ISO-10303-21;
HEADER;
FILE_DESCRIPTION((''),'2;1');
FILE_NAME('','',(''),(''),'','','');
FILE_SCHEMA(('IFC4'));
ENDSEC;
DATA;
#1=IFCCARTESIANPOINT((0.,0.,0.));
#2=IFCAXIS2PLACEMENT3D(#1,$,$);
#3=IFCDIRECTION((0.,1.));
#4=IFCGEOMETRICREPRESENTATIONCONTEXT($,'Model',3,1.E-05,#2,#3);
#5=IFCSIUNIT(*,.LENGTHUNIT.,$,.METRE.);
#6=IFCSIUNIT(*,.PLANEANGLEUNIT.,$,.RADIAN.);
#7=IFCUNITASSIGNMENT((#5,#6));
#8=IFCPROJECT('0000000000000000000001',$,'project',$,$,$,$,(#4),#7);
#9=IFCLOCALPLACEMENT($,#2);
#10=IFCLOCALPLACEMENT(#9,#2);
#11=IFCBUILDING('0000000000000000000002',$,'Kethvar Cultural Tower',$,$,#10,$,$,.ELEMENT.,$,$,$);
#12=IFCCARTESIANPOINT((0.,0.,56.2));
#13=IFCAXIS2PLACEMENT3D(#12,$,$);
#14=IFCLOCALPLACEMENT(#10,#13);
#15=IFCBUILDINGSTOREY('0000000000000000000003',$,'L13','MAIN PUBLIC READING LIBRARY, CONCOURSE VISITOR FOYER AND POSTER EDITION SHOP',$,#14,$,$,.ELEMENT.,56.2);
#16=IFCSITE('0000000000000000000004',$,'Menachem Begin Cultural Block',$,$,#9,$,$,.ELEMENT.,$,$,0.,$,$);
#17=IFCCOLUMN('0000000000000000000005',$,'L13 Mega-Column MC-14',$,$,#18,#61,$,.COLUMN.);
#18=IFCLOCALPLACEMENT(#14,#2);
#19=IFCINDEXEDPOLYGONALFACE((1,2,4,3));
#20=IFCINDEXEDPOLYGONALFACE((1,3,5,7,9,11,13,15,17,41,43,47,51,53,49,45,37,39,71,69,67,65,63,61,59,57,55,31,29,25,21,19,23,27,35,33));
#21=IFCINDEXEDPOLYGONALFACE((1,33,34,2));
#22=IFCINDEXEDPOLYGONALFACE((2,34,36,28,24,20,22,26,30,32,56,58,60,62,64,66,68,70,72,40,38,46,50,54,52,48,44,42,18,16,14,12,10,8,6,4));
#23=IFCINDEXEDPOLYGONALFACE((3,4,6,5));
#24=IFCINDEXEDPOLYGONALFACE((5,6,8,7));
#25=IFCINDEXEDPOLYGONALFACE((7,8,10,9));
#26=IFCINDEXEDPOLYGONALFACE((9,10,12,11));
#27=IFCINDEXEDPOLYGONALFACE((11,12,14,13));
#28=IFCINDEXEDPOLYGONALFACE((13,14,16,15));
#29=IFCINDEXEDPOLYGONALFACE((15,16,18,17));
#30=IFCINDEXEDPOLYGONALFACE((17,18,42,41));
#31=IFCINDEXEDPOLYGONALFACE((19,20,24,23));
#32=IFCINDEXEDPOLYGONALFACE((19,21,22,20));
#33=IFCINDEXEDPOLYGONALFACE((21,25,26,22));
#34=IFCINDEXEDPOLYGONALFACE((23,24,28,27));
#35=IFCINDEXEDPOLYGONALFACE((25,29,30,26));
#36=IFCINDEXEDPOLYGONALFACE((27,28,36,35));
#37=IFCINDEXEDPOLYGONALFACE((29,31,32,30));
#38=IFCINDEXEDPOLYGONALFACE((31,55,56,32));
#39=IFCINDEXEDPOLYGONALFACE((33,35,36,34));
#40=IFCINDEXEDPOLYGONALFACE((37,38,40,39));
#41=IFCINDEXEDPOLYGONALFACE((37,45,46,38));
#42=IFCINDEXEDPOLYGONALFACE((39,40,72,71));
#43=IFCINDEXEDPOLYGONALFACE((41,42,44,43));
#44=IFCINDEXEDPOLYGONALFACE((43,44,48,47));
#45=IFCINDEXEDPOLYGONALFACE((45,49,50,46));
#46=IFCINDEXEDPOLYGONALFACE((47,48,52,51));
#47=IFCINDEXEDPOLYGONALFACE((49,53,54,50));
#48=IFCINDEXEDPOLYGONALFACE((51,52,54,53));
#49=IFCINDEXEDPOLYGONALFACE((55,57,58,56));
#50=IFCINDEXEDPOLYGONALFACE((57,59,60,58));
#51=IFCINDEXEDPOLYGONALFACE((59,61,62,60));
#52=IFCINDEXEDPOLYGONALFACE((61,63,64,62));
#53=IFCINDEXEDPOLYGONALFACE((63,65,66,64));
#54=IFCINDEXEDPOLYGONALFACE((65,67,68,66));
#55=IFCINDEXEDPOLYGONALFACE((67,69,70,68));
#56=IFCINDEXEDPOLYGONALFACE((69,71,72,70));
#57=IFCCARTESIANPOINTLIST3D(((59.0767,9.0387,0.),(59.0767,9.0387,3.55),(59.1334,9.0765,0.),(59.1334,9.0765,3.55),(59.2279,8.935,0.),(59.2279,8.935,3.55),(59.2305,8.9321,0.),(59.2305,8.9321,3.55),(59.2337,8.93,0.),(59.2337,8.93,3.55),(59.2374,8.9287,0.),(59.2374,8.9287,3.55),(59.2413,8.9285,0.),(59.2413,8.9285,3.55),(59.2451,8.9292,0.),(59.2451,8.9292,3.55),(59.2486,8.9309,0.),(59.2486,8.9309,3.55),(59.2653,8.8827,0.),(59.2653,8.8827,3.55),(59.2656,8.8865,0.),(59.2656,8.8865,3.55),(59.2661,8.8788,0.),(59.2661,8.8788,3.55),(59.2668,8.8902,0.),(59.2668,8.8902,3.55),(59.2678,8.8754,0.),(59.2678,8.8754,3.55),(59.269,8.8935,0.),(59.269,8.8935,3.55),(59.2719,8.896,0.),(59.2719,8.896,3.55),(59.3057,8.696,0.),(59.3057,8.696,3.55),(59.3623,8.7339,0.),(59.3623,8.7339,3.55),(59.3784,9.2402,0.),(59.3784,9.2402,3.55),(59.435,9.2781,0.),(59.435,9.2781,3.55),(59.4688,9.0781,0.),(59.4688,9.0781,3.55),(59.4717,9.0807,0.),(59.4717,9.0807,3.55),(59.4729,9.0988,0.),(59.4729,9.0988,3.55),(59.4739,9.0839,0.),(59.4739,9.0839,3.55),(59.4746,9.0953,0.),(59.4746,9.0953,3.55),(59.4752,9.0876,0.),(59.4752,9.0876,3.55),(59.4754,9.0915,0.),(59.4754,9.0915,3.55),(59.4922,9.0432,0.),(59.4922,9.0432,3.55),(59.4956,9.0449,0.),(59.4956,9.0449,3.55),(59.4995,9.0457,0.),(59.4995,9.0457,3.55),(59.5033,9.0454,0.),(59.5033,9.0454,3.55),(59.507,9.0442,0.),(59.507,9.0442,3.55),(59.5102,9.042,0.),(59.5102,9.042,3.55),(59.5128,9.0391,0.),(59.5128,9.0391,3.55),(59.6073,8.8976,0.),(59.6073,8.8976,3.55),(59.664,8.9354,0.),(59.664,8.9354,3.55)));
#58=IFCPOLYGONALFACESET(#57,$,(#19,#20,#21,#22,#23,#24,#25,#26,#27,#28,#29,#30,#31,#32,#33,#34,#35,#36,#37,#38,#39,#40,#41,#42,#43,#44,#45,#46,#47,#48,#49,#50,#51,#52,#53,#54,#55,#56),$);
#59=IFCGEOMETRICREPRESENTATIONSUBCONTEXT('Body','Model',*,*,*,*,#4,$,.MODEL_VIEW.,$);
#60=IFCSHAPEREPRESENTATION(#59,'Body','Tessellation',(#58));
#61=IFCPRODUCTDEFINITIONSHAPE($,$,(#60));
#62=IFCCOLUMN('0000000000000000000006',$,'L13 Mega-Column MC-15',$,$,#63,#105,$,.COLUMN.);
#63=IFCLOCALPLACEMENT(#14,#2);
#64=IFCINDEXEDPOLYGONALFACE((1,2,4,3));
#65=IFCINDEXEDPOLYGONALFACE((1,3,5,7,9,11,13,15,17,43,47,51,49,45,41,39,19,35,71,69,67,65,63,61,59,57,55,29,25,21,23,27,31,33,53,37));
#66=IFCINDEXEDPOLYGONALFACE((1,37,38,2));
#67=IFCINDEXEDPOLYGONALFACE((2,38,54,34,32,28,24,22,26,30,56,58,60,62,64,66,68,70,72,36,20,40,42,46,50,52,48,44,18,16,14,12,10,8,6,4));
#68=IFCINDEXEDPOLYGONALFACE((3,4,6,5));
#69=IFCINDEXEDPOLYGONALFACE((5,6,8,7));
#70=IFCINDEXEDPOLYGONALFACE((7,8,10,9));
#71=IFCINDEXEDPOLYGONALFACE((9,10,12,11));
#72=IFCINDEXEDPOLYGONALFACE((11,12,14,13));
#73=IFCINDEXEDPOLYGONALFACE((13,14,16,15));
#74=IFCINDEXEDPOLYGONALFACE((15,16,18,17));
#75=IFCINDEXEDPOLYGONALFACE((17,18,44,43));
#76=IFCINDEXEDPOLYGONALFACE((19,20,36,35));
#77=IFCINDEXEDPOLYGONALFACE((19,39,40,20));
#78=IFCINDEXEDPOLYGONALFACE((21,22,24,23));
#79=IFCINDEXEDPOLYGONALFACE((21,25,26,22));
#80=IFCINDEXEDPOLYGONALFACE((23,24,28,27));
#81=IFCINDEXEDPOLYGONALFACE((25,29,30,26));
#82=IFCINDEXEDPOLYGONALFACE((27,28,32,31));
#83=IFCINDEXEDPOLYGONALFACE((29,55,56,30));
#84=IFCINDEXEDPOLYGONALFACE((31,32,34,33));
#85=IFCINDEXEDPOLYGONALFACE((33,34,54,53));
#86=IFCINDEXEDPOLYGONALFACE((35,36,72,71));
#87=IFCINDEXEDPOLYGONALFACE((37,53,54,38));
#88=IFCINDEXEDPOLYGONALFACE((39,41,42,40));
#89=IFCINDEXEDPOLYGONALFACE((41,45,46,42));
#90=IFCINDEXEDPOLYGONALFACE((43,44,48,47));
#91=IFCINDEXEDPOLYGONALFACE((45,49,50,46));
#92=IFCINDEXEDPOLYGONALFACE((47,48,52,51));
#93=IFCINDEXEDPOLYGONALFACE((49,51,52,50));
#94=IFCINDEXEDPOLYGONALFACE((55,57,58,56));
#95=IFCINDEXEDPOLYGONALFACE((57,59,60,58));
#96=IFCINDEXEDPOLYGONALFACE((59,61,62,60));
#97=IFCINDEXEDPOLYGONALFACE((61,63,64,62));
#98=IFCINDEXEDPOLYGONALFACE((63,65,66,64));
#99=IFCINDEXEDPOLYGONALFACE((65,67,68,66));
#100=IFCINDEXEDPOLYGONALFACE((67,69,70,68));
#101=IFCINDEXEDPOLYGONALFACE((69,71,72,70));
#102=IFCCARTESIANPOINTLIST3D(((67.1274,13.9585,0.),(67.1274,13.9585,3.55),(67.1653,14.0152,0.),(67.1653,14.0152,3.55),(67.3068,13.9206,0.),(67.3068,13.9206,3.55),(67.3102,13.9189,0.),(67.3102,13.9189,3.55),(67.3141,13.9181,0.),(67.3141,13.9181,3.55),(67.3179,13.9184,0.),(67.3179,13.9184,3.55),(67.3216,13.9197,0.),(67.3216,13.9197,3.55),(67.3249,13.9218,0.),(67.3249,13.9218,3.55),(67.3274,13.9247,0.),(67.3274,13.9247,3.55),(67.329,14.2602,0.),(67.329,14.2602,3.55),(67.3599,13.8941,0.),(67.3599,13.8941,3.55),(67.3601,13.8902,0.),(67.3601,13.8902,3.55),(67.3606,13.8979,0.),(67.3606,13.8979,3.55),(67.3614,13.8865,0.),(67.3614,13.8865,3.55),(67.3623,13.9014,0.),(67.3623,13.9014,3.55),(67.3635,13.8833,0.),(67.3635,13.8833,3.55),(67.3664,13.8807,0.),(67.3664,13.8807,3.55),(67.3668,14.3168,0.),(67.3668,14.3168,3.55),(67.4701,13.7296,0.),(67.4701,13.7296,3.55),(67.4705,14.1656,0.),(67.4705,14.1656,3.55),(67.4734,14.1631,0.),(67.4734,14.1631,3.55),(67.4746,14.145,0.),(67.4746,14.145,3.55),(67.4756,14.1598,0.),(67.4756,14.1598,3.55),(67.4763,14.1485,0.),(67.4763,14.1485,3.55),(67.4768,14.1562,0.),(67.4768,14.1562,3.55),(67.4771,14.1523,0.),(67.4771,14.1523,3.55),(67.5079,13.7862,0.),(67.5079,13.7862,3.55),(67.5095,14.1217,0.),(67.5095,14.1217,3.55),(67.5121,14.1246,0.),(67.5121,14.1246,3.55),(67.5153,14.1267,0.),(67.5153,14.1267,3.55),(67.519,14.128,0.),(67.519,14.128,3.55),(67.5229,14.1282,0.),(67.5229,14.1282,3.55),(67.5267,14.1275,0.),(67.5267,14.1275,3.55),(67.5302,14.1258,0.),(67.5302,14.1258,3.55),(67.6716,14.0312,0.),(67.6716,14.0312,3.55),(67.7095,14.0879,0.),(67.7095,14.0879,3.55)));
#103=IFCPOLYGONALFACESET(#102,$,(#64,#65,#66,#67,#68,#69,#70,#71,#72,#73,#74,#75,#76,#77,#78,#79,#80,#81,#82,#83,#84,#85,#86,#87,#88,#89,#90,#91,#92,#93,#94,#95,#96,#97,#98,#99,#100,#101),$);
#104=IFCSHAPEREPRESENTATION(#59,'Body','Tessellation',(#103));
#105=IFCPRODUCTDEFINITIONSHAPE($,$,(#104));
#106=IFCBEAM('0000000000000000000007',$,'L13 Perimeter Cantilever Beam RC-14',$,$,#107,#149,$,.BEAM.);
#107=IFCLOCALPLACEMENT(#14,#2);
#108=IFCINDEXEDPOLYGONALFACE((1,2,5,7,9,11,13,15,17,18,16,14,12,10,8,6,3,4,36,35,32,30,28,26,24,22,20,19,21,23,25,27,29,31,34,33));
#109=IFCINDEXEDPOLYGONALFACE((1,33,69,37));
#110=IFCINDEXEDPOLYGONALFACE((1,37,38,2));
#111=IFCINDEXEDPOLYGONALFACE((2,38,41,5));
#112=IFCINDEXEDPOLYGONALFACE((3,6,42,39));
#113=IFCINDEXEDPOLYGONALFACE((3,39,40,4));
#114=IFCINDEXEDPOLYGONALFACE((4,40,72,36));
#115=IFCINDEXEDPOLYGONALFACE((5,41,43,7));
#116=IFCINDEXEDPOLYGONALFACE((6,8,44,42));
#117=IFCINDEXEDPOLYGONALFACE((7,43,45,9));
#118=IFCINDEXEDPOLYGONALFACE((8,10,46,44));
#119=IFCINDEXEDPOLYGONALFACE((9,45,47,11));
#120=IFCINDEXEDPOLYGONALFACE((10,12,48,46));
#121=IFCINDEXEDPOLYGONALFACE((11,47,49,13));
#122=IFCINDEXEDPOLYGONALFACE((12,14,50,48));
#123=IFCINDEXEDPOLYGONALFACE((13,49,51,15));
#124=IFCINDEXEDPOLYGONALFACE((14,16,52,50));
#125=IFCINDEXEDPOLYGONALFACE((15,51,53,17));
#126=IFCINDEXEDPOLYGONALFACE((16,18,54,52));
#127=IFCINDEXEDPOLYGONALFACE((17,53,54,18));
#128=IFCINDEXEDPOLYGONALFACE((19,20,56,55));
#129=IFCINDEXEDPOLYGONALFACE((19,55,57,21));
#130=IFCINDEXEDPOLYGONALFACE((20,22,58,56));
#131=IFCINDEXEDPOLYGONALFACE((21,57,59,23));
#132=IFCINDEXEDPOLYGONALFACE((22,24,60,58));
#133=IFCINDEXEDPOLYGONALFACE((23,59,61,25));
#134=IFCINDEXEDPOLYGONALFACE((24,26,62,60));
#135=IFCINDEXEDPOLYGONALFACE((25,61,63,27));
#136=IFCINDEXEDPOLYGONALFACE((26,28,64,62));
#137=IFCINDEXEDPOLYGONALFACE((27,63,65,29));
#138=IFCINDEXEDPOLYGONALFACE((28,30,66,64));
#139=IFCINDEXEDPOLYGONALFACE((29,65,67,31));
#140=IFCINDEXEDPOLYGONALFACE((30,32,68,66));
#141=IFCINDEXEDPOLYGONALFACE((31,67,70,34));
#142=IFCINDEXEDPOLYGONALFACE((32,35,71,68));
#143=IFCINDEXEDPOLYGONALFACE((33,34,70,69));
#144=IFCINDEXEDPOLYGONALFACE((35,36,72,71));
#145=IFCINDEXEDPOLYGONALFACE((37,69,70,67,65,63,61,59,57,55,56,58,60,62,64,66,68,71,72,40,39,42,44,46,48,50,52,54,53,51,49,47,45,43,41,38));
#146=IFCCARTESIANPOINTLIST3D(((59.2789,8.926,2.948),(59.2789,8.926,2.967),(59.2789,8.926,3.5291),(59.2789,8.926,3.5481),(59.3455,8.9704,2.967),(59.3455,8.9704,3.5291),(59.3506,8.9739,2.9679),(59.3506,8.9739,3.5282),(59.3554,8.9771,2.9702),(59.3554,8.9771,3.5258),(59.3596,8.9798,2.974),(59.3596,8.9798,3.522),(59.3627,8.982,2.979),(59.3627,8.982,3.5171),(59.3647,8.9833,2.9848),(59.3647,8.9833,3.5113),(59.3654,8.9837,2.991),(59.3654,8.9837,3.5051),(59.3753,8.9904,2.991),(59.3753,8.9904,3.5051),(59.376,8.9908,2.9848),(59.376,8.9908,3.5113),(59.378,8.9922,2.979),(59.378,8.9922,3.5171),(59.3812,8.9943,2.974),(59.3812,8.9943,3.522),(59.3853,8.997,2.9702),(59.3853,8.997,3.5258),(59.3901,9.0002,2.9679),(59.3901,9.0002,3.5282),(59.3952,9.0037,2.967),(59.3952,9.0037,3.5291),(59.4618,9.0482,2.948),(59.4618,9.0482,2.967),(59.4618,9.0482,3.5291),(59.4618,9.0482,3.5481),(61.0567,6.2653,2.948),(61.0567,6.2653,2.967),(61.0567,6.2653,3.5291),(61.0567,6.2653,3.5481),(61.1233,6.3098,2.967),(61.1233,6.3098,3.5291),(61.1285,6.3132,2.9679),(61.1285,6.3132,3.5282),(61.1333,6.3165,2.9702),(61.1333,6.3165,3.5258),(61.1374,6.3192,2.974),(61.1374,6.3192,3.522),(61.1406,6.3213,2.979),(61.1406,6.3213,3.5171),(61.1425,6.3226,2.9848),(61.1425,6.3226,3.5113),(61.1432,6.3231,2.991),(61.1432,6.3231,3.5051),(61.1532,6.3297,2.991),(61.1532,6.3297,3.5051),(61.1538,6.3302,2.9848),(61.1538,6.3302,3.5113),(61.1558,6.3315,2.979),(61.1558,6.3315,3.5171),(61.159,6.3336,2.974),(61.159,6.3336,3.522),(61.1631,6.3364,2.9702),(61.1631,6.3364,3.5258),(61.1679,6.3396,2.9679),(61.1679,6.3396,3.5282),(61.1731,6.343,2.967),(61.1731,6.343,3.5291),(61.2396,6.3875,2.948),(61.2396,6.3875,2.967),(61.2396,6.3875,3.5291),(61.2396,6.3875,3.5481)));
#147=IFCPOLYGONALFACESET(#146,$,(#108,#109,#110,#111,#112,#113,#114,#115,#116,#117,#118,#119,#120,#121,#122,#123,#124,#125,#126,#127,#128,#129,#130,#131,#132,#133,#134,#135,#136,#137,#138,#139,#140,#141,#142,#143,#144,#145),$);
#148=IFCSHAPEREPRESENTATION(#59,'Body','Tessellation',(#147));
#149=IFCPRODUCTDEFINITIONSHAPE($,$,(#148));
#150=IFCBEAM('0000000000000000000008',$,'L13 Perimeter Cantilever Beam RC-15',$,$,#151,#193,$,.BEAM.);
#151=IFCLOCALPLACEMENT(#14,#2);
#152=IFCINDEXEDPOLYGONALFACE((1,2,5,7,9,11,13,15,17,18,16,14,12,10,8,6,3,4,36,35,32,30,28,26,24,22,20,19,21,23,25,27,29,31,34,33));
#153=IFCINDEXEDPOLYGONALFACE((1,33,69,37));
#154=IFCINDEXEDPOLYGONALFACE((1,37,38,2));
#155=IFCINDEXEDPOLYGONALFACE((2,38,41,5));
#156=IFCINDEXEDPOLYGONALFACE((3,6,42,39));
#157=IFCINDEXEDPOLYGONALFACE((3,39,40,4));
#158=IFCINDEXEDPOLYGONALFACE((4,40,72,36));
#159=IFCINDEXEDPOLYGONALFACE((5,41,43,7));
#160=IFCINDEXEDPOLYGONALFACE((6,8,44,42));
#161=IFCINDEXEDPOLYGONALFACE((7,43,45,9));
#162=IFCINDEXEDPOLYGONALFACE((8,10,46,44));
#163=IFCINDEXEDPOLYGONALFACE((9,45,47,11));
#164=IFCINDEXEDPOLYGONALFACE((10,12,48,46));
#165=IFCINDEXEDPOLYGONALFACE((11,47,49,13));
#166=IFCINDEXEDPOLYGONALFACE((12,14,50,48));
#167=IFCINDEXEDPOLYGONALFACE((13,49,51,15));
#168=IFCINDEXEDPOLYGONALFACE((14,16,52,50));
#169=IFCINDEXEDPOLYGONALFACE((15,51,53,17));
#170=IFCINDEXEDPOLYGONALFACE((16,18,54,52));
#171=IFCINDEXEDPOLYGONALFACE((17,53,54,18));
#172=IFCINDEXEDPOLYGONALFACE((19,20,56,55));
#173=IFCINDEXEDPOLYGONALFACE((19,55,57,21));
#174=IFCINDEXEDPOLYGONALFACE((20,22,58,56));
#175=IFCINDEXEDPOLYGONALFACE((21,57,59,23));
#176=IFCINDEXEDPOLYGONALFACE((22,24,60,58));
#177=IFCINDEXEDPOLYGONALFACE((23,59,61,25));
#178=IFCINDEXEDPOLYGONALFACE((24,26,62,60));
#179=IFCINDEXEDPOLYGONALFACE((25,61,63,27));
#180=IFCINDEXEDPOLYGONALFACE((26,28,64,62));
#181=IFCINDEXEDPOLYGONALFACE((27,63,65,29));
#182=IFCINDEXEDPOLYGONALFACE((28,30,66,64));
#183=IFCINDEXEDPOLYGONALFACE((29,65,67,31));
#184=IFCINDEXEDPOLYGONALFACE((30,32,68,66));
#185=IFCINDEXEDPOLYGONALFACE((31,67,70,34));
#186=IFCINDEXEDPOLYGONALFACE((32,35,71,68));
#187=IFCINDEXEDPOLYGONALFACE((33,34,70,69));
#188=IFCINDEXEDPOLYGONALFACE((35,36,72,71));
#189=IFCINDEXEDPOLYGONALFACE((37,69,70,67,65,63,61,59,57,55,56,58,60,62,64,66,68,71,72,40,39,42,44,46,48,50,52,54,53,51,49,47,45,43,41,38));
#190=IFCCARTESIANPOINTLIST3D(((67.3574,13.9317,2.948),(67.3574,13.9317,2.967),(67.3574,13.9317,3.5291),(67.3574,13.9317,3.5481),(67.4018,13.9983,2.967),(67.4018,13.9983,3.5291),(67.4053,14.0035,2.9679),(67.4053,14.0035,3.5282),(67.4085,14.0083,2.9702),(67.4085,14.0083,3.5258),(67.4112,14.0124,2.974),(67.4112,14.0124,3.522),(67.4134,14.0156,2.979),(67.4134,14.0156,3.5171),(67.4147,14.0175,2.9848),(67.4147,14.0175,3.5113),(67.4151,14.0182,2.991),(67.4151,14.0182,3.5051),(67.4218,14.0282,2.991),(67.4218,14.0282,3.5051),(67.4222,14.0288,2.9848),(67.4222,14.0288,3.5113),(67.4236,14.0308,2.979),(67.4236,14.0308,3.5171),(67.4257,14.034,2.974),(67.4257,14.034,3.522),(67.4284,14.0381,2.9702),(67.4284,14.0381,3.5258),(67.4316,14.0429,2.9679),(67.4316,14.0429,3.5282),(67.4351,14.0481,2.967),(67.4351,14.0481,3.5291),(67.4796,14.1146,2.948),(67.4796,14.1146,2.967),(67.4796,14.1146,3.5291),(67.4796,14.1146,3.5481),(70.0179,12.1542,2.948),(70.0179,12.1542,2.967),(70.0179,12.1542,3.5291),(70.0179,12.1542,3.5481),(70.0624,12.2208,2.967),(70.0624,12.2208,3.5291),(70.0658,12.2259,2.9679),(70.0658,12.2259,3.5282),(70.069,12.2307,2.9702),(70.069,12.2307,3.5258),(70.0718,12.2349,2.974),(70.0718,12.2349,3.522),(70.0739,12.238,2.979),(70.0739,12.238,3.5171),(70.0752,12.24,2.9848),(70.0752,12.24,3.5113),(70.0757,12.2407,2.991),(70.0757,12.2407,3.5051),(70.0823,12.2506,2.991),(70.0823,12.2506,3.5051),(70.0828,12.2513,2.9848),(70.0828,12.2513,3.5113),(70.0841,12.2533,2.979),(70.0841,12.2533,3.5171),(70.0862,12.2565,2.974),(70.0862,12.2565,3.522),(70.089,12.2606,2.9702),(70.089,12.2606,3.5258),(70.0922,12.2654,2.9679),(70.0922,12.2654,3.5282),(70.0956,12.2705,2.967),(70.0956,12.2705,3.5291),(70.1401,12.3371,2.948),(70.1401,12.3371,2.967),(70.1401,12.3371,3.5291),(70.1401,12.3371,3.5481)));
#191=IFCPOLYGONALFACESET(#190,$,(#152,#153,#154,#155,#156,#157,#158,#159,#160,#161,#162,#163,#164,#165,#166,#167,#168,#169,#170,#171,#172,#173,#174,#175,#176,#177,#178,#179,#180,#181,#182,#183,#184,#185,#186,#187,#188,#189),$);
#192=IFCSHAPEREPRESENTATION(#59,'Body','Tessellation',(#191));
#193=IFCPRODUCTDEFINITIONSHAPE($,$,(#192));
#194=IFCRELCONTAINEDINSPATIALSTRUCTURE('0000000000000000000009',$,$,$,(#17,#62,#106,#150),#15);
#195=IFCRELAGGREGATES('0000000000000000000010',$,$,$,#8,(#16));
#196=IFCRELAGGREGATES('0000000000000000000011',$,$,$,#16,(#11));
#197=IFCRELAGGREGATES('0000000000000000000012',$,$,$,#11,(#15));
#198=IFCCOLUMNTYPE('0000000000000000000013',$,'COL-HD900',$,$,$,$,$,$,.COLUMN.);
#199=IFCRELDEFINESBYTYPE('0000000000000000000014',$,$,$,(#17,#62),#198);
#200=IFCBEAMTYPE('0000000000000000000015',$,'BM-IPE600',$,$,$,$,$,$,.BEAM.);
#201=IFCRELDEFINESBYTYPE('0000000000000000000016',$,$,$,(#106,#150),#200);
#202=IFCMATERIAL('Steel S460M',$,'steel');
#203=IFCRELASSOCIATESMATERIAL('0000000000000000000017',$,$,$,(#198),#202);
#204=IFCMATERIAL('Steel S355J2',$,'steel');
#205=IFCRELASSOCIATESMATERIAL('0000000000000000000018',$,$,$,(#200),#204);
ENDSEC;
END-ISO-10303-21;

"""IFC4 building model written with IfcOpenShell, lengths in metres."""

from ifc_helpers import new_model, si_unit, direction, frame, origin, origin_2d, place, context, subcontext, project, spatial, i_section, extrude, source, transform, mapped, material, material_profile, profile_set, type_object, element, save


model = new_model("IFC4")

# Units and contexts
model_context = context("Model", 3, precision=1e-05, world=origin(), true_north=direction((0.0, 1.0)))
body_context = subcontext(model_context, "Body", "Model", "MODEL_VIEW")
ifc_project = project(units=[si_unit("LENGTHUNIT", "METRE"), si_unit("PLANEANGLEUNIT", "RADIAN")], contexts=[model_context])

# Site, building, storey
site_placement = place(None, origin())
site = spatial("IfcSite", under=ifc_project, at=site_placement, Name="Menachem Begin Cultural Block", CompositionType="ELEMENT", RefElevation=0.0)
building_placement = place(site_placement, origin())
building = spatial("IfcBuilding", under=site, at=building_placement, Name="Kethvar Cultural Tower", CompositionType="ELEMENT")
storey_placement = place(building_placement, frame((0.0, 0.0, 56.2)))
storey = spatial("IfcBuildingStorey", under=building, at=storey_placement, Name="L13", Description="MAIN PUBLIC READING LIBRARY, CONCOURSE VISITOR FOYER AND POSTER EDITION SHOP", CompositionType="ELEMENT", Elevation=56.2)

# Columns
ifc_material_1 = material(Name="Steel S460M", Category="steel")
ifc_material_profile_1 = material_profile(ifc_material_1, i_section(OverallWidth=0.4121, OverallDepth=0.4309, WebThickness=0.042, FlangeThickness=0.0681, FilletRadius=0.0149, at=origin_2d()), Name="Steel S460M — HD400x900")
ifc_profile_set_1 = profile_set([ifc_material_profile_1], Name="Steel S460M — HD400x900")
column_type = type_object("IfcColumnType", Name="COL-HD900", PredefinedType="COLUMN", material=ifc_profile_set_1)
shared_shape_1 = source(origin(), body_context, "Body", "SweptSolid", [
    extrude(i_section(OverallWidth=0.4121, OverallDepth=0.4309, WebThickness=0.042, FlangeThickness=0.0681, FilletRadius=0.0149, at=origin_2d()), origin(), (0.0, 0.0, 1.0), 3.55),
])
for number, where, z_axis, x_axis, name in (
    (1, (59.3704, 8.9871, 0.0), (0.0, 0.0, 1.0), (0.55557, -0.83147, 0.0), "L13 Mega-Column MC-14"),
    (2, (67.4185, 14.0232, 0.0), (0.0, 0.0, 1.0), (0.83147, -0.55557, 0.0), "L13 Mega-Column MC-15"),
):
    element("IfcColumn", number, at=place(storey_placement, frame(where, z_axis=z_axis, x_axis=x_axis)), inside=storey, type_object=column_type, Name=name, PredefinedType="COLUMN", context=body_context, shape_type="MappedRepresentation", body=[
        mapped(shared_shape_1, transform((0.0, 0.0, 0.0), scale=1.0)),
    ])

# Beams
ifc_material_2 = material(Name="Steel S355J2", Category="steel")
ifc_material_profile_2 = material_profile(ifc_material_2, i_section(OverallWidth=0.22, OverallDepth=0.6001, WebThickness=0.012, FlangeThickness=0.019, FilletRadius=0.0239, at=origin_2d()), Name="Steel S355J2 — IPE600")
ifc_profile_set_2 = profile_set([ifc_material_profile_2], Name="Steel S355J2 — IPE600")
beam_type_1 = type_object("IfcBeamType", Name="BM-IPE600", PredefinedType="BEAM", material=ifc_profile_set_2)
shared_shape_2 = source(origin(), body_context, "Body", "SweptSolid", [
    extrude(i_section(OverallWidth=0.22, OverallDepth=0.6001, WebThickness=0.012, FlangeThickness=0.019, FilletRadius=0.0239, at=origin_2d()), origin(), (0.0, 0.0, 1.0), 3.2),
])
beam_1_placement = place(storey_placement, frame((59.3704, 8.9871, 3.248), z_axis=(0.55558, -0.831463, 0.0), x_axis=(0.831463, 0.55558, 0.0)))
element("IfcBeam", 3, at=beam_1_placement, inside=storey, type_object=beam_type_1, Name="L13 Perimeter Cantilever Beam RC-14", PredefinedType="BEAM", context=body_context, shape_type="MappedRepresentation", body=[
    mapped(shared_shape_2, transform((0.0, 0.0, 0.0), scale=1.0)),
])
shared_shape_3 = source(origin(), body_context, "Body", "SweptSolid", [
    extrude(i_section(OverallWidth=0.22, OverallDepth=0.6001, WebThickness=0.012, FlangeThickness=0.019, FilletRadius=0.0239, at=origin_2d()), origin(), (0.0, 0.0, 1.0), 3.1997),
])
beam_2_placement = place(storey_placement, frame((67.4185, 14.0232, 3.248), z_axis=(0.831498, -0.555527, 0.0), x_axis=(0.555527, 0.831498, 0.0)))
element("IfcBeam", 4, at=beam_2_placement, inside=storey, type_object=beam_type_1, Name="L13 Perimeter Cantilever Beam RC-15", PredefinedType="BEAM", context=body_context, shape_type="MappedRepresentation", body=[
    mapped(shared_shape_3, transform((0.0, 0.0, 0.0), scale=1.0)),
])

save(model, "model.ifc")
